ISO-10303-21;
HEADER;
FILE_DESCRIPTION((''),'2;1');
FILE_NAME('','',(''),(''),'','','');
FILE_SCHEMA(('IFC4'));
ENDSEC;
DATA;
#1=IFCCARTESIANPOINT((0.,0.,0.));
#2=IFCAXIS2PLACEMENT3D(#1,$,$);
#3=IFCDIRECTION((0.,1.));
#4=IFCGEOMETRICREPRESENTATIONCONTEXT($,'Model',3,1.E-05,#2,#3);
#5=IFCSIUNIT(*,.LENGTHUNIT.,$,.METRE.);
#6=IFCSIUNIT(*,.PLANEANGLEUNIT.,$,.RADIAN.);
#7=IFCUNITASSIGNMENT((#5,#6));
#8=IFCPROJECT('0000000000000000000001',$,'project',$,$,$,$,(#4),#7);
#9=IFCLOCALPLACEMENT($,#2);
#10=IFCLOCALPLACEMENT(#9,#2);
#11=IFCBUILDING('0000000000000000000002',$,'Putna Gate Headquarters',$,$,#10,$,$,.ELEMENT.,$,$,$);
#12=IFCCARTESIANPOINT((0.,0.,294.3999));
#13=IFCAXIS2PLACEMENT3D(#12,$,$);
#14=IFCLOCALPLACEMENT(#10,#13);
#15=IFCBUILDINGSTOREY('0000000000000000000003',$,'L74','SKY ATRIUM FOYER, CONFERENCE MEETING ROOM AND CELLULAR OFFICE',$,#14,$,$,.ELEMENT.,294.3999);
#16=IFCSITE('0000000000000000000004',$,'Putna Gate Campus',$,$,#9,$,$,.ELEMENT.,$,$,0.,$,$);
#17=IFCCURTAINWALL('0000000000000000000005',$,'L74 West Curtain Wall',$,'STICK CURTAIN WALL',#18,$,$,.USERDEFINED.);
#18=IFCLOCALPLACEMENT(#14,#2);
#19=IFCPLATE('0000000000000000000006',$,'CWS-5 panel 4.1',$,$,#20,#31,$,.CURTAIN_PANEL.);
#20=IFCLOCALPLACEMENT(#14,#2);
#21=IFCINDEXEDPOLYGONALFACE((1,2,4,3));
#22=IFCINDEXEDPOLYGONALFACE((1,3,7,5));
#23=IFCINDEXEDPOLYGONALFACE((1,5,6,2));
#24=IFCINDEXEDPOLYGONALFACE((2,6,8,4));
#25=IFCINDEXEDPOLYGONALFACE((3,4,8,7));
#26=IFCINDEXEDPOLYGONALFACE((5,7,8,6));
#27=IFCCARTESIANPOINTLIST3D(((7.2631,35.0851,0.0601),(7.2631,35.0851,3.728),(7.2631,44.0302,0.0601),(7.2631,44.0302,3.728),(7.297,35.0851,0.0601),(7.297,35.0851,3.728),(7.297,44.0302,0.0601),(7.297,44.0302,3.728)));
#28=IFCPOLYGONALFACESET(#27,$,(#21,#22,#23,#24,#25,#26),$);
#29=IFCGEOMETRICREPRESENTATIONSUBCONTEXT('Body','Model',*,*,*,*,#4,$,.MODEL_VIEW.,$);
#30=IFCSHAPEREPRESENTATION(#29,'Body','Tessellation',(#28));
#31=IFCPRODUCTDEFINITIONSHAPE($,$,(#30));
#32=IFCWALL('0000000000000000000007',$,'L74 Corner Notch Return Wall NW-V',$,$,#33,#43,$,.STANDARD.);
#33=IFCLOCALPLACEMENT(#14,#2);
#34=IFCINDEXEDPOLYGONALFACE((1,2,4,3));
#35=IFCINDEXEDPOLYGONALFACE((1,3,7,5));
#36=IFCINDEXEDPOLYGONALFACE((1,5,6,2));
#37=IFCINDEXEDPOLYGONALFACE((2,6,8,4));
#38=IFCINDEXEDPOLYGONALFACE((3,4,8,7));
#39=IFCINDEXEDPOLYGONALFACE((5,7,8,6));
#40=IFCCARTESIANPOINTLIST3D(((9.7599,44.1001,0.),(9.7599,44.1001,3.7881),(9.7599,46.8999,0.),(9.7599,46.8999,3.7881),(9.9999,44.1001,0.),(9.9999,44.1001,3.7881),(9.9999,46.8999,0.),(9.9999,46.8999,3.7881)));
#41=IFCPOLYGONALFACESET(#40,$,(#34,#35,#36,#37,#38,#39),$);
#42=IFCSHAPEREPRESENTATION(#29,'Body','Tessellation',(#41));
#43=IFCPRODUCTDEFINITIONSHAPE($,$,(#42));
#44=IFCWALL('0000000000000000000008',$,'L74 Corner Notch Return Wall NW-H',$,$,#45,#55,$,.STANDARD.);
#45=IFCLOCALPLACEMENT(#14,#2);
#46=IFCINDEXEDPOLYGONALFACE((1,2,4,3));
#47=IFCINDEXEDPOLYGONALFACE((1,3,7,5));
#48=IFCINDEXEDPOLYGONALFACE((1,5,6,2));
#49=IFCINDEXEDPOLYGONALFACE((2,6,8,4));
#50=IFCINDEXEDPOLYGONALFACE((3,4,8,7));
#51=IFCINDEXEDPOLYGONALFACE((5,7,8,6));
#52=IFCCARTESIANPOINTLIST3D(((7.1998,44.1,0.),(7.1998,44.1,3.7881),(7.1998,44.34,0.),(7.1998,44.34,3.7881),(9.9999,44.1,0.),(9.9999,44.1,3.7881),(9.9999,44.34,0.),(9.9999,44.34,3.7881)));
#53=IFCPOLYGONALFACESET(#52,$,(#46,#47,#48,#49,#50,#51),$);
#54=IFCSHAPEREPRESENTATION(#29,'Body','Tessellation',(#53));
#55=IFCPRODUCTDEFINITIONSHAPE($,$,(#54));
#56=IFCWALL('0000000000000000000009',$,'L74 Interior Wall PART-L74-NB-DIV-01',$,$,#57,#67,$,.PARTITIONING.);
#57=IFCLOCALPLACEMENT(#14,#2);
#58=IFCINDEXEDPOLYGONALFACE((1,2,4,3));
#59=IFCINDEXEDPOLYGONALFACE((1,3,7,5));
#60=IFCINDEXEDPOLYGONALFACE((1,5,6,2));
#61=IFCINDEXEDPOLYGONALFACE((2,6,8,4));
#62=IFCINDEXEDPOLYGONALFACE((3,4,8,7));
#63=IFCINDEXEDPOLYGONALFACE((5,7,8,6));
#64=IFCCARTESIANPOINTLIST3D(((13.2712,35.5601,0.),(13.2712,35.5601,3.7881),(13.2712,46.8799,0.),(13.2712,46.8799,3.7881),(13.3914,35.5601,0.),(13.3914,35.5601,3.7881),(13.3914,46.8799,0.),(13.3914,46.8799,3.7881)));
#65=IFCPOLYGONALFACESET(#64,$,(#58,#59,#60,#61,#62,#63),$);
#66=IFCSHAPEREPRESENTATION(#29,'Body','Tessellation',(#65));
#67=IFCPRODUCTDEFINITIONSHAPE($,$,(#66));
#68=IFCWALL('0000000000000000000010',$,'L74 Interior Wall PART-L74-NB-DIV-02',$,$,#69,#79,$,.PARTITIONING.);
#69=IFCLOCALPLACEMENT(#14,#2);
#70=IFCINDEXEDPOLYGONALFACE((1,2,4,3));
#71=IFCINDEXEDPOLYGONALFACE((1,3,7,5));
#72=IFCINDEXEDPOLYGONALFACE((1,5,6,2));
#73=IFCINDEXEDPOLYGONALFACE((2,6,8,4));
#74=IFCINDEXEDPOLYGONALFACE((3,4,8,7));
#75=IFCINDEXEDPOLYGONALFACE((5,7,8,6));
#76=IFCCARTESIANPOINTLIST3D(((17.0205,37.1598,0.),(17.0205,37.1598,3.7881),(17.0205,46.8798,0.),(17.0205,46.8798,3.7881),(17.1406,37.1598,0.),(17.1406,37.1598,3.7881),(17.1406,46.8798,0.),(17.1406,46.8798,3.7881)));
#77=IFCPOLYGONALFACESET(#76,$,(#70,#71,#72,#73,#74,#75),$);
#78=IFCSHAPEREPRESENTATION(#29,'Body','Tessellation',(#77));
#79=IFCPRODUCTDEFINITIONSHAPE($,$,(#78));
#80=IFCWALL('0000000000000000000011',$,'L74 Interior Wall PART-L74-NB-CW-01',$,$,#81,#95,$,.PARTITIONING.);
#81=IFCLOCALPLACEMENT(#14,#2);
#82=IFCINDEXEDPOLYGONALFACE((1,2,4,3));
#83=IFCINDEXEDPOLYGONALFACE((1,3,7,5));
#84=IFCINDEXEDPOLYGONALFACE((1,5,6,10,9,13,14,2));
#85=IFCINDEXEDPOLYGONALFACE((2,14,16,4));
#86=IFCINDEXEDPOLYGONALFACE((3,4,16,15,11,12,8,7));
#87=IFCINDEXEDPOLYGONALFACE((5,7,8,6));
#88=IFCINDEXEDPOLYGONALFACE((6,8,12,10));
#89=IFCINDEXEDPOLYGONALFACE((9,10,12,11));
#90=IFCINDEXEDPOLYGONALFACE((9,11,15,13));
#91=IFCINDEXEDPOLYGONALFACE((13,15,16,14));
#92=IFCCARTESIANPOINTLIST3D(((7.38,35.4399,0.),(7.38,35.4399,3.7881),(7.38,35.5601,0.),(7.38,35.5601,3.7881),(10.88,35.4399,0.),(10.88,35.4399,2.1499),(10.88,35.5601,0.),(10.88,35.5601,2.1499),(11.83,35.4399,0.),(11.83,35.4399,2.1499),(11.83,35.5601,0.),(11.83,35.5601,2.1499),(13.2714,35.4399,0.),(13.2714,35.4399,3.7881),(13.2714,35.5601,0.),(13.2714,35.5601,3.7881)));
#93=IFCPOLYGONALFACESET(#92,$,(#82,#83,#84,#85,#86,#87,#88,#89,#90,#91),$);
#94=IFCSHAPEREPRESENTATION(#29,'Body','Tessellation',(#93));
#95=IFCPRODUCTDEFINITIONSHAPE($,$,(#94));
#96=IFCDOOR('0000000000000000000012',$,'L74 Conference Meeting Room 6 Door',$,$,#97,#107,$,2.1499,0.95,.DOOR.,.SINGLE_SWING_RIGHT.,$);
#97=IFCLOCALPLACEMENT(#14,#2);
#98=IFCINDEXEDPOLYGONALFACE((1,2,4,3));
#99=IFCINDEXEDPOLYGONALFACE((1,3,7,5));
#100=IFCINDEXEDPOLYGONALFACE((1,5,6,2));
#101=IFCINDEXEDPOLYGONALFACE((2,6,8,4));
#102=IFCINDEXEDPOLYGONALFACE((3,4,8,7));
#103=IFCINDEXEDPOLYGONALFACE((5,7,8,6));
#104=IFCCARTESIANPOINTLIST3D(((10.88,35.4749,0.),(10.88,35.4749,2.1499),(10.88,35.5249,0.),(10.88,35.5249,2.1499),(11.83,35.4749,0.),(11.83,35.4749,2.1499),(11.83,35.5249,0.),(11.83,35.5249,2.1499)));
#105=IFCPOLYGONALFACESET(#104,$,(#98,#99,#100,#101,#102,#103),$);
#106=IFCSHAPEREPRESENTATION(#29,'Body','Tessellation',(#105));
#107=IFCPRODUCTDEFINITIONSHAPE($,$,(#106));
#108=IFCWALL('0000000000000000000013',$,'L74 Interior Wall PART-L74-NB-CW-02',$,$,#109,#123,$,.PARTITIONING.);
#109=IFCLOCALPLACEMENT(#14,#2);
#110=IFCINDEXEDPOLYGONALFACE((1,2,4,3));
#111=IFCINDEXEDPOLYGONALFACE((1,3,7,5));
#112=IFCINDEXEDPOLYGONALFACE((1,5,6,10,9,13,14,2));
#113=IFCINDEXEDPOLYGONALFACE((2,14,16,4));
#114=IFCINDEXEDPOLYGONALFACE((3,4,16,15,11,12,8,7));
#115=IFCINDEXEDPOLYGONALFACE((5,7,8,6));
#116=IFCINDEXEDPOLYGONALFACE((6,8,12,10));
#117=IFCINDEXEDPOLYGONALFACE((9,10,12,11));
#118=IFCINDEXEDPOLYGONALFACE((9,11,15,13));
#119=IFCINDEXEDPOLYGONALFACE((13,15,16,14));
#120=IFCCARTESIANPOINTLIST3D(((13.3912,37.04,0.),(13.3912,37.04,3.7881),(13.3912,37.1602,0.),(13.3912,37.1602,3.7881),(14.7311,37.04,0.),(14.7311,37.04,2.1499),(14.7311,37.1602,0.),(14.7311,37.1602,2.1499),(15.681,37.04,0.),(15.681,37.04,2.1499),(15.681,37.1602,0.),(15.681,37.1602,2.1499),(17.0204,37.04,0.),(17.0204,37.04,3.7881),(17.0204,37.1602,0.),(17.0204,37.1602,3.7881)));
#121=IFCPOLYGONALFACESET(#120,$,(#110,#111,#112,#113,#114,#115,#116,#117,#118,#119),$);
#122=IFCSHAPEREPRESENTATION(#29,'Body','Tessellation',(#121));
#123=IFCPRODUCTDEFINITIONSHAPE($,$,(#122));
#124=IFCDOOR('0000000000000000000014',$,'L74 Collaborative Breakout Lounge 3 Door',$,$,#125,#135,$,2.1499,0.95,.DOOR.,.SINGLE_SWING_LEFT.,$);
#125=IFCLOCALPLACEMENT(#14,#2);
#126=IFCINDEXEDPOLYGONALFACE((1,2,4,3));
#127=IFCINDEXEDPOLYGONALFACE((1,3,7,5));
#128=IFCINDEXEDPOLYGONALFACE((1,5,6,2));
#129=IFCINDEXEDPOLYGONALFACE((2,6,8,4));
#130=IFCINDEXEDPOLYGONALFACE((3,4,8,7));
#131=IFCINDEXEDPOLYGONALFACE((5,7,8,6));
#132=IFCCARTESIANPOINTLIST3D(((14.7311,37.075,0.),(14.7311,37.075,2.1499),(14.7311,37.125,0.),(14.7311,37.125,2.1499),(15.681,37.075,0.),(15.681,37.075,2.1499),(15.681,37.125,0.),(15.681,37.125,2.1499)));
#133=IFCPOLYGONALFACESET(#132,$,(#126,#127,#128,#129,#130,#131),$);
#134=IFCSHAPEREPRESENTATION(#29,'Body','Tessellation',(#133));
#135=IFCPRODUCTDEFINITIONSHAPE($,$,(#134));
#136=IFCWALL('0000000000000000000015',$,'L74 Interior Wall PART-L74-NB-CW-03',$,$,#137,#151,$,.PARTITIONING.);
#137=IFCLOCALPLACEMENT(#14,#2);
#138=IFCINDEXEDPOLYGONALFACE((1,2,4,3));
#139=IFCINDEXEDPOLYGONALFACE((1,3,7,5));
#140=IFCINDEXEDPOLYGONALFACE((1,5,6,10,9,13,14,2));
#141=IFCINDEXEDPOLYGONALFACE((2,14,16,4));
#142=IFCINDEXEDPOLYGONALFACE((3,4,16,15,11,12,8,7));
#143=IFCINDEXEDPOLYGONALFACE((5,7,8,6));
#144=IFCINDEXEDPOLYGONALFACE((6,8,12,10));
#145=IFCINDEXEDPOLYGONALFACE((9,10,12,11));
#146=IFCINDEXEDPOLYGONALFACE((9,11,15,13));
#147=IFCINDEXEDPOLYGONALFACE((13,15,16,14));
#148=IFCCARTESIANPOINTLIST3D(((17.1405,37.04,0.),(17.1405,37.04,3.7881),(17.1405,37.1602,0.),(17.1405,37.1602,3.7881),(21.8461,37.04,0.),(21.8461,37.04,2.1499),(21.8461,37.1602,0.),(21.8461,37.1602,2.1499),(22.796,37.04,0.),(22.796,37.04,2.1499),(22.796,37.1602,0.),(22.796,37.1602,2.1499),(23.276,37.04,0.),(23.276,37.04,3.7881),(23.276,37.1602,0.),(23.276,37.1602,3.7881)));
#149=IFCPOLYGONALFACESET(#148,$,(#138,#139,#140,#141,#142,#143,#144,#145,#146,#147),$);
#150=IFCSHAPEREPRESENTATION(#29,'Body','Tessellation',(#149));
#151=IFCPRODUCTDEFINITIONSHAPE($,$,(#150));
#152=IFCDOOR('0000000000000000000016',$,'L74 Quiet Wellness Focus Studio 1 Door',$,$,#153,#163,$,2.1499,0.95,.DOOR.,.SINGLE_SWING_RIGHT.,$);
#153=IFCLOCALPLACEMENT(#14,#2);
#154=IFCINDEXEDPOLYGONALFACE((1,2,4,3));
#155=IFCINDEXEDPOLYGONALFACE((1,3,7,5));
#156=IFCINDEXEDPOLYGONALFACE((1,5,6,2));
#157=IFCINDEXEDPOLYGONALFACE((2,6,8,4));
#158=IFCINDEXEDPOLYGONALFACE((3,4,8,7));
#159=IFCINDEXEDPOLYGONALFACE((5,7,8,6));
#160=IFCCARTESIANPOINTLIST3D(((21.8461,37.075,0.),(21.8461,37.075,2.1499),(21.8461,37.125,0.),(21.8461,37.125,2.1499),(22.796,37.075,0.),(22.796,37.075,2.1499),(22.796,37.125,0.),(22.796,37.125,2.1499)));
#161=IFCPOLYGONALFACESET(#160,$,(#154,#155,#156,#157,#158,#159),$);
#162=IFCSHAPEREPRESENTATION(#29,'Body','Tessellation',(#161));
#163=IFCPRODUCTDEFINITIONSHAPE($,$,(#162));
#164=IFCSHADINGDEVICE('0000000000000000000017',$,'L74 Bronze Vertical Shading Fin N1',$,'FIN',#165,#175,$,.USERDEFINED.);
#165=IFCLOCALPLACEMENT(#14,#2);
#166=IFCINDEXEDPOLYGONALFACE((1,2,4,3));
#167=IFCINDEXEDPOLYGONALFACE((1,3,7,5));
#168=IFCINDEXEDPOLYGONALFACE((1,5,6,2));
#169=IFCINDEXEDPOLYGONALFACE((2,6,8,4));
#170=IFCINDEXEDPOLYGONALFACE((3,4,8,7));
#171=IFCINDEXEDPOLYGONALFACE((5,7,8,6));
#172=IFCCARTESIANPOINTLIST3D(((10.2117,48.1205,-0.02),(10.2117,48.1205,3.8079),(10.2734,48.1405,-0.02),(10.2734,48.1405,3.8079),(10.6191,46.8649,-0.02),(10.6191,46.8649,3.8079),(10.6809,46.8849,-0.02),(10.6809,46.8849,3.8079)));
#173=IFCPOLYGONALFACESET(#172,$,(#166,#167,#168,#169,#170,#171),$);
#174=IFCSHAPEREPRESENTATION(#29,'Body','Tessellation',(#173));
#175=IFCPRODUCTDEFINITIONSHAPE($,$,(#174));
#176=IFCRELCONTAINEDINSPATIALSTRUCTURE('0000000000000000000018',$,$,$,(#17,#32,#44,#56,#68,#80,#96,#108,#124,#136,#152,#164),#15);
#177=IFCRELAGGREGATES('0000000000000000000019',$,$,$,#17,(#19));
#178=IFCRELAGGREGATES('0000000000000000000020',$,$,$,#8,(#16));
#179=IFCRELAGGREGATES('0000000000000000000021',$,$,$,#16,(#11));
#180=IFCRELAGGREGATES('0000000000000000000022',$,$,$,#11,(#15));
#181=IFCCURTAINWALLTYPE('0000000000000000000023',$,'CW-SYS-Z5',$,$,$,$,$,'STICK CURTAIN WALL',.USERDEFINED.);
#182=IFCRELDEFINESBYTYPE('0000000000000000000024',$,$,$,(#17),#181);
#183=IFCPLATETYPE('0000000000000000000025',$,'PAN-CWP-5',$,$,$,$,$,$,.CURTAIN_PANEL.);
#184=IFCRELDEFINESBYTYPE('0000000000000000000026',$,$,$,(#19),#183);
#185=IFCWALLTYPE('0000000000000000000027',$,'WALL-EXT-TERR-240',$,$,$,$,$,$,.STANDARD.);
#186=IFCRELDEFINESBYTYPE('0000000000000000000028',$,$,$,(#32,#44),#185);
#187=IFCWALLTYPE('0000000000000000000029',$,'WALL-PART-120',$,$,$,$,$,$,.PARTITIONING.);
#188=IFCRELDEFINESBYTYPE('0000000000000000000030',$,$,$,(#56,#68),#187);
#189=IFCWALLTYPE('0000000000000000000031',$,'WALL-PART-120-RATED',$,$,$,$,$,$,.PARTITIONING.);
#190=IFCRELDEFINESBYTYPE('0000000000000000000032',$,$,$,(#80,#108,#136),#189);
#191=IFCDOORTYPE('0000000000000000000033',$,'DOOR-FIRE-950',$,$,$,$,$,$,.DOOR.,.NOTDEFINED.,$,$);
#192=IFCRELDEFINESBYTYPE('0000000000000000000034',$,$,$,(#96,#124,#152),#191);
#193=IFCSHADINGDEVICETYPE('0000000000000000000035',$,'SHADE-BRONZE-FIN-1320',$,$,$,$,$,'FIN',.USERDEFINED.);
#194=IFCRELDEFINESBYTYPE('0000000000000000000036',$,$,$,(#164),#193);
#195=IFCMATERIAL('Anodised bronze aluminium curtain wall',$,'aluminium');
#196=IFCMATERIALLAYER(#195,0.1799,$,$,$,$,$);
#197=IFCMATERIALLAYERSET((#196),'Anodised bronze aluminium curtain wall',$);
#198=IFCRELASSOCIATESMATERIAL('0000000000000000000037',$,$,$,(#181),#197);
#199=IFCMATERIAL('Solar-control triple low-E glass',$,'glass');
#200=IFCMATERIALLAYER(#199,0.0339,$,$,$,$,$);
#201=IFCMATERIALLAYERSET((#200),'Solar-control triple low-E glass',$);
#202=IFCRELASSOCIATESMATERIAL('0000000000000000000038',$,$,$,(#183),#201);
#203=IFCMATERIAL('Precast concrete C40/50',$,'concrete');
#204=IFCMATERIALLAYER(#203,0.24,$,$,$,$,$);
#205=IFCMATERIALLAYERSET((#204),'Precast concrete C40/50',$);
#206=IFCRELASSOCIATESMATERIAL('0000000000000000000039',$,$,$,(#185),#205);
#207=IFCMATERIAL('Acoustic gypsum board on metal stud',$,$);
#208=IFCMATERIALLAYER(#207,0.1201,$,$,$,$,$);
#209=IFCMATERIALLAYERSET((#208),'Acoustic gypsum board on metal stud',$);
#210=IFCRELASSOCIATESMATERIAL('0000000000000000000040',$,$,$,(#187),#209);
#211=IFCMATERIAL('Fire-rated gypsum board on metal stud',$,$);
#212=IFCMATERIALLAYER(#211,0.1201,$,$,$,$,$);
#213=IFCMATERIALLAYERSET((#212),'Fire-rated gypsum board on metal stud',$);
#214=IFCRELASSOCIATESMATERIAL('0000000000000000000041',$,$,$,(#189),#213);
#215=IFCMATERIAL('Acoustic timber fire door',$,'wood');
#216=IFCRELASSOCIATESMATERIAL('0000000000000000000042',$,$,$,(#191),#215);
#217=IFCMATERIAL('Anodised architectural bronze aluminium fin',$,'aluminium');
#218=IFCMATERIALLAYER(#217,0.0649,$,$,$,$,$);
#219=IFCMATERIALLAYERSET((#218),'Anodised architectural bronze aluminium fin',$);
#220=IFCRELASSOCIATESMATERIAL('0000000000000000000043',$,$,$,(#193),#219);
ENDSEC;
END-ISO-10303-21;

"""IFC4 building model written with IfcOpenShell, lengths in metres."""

from ifc_helpers import new_model, si_unit, direction, frame, frame_2d, origin, origin_2d, place, context, subcontext, project, spatial, rectangle, extrude, material, layer, layer_set, type_object, element, fill, aggregate, save


model = new_model("IFC4")

# Units and contexts
model_context = context("Model", 3, precision=1e-05, world=origin(), true_north=direction((0.0, 1.0)))
body_context = subcontext(model_context, "Body", "Model", "MODEL_VIEW")
ifc_project = project(units=[si_unit("LENGTHUNIT", "METRE"), si_unit("PLANEANGLEUNIT", "RADIAN")], contexts=[model_context])

# Site, building, storey
site_placement = place(None, origin())
site = spatial("IfcSite", under=ifc_project, at=site_placement, Name="Putna Gate Campus", CompositionType="ELEMENT", RefElevation=0.0)
building_placement = place(site_placement, origin())
building = spatial("IfcBuilding", under=site, at=building_placement, Name="Putna Gate Headquarters", CompositionType="ELEMENT")
storey_placement = place(building_placement, frame((0.0, 0.0, 294.3999)))
storey = spatial("IfcBuildingStorey", under=building, at=storey_placement, Name="L74", Description="SKY ATRIUM FOYER, CONFERENCE MEETING ROOM AND CELLULAR OFFICE", CompositionType="ELEMENT", Elevation=294.3999)

# Shared definitions
ifc_material_1 = material(Name="Anodised bronze aluminium curtain wall", Category="aluminium")
ifc_layer_1 = layer(ifc_material_1, 0.1799)
ifc_layer_set_1 = layer_set([ifc_layer_1], Name="Anodised bronze aluminium curtain wall")
curtain_wall_type = type_object("IfcCurtainWallType", Name="CW-SYS-Z5", ElementType="STICK CURTAIN WALL", PredefinedType="USERDEFINED", material=ifc_layer_set_1)

# Curtain wall
curtain_wall_1_placement = place(storey_placement, origin())
curtain_wall_1 = element("IfcCurtainWall", 1, at=curtain_wall_1_placement, inside=storey, type_object=curtain_wall_type, Name="L74 West Curtain Wall", ObjectType="STICK CURTAIN WALL", PredefinedType="USERDEFINED")

# Plate
ifc_material_2 = material(Name="Solar-control triple low-E glass", Category="glass")
ifc_layer_2 = layer(ifc_material_2, 0.0339)
ifc_layer_set_2 = layer_set([ifc_layer_2], Name="Solar-control triple low-E glass")
plate_type = type_object("IfcPlateType", Name="PAN-CWP-5", PredefinedType="CURTAIN_PANEL", material=ifc_layer_set_2)
plate_1_placement = place(storey_placement, frame((7.28, 39.5576, 0.0601), z_axis=(0.0, 0.0, 1.0), x_axis=(0.0, 1.0, 0.0)))
plate_1 = element("IfcPlate", 2, at=plate_1_placement, type_object=plate_type, Name="CWS-5 panel 4.1", PredefinedType="CURTAIN_PANEL", context=body_context, shape_type="SweptSolid", body=[
    extrude(rectangle(XDim=8.9451, YDim=0.0339, at=origin_2d()), origin(), (0.0, 0.0, 1.0), 3.668),
])
aggregate(curtain_wall_1, [plate_1])

# Walls
ifc_material_3 = material(Name="Precast concrete C40/50", Category="concrete")
ifc_layer_3 = layer(ifc_material_3, 0.24)
ifc_layer_set_3 = layer_set([ifc_layer_3], Name="Precast concrete C40/50")
wall_type_1 = type_object("IfcWallType", Name="WALL-EXT-TERR-240", PredefinedType="STANDARD", material=ifc_layer_set_3)
wall_1_placement = place(storey_placement, frame((9.8799, 44.1001, 0.0), z_axis=(0.0, 0.0, 1.0), x_axis=(0.0, 1.0, 0.0)))
element("IfcWall", 3, at=wall_1_placement, inside=storey, type_object=wall_type_1, Name="L74 Corner Notch Return Wall NW-V", PredefinedType="STANDARD", context=body_context, shape_type="SweptSolid", body=[
    extrude(rectangle(XDim=2.7998, YDim=0.24, at=frame_2d((1.3999, 0.0))), origin(), (0.0, 0.0, 1.0), 3.7881),
])
wall_2_placement = place(storey_placement, frame((7.2, 44.22, 0.0), z_axis=(0.0, 0.0, 1.0), x_axis=(1.0, 0.0, 0.0)))
element("IfcWall", 4, at=wall_2_placement, inside=storey, type_object=wall_type_1, Name="L74 Corner Notch Return Wall NW-H", PredefinedType="STANDARD", context=body_context, shape_type="SweptSolid", body=[
    extrude(rectangle(XDim=2.8, YDim=0.24, at=frame_2d((1.3999, 0.0))), origin(), (0.0, 0.0, 1.0), 3.7881),
])
ifc_material_4 = material(Name="Acoustic gypsum board on metal stud")
ifc_layer_4 = layer(ifc_material_4, 0.1201)
ifc_layer_set_4 = layer_set([ifc_layer_4], Name="Acoustic gypsum board on metal stud")
wall_type_2 = type_object("IfcWallType", Name="WALL-PART-120", PredefinedType="PARTITIONING", material=ifc_layer_set_4)
wall_3_placement = place(storey_placement, frame((13.3313, 35.5601, 0.0), z_axis=(0.0, 0.0, 1.0), x_axis=(0.0, 1.0, 0.0)))
element("IfcWall", 5, at=wall_3_placement, inside=storey, type_object=wall_type_2, Name="L74 Interior Wall PART-L74-NB-DIV-01", PredefinedType="PARTITIONING", context=body_context, shape_type="SweptSolid", body=[
    extrude(rectangle(XDim=11.3198, YDim=0.1201, at=frame_2d((5.6599, 0.0))), origin(), (0.0, 0.0, 1.0), 3.7881),
])
wall_4_placement = place(storey_placement, frame((17.0806, 37.1599, 0.0), z_axis=(0.0, 0.0, 1.0), x_axis=(0.0, 1.0, 0.0)))
element("IfcWall", 6, at=wall_4_placement, inside=storey, type_object=wall_type_2, Name="L74 Interior Wall PART-L74-NB-DIV-02", PredefinedType="PARTITIONING", context=body_context, shape_type="SweptSolid", body=[
    extrude(rectangle(XDim=9.72, YDim=0.1201, at=frame_2d((4.8599, 0.0))), origin(), (0.0, 0.0, 1.0), 3.7881),
])

# Walls, openings, doors
ifc_material_5 = material(Name="Fire-rated gypsum board on metal stud")
ifc_layer_5 = layer(ifc_material_5, 0.1201)
ifc_layer_set_5 = layer_set([ifc_layer_5], Name="Fire-rated gypsum board on metal stud")
wall_type_3 = type_object("IfcWallType", Name="WALL-PART-120-RATED", PredefinedType="PARTITIONING", material=ifc_layer_set_5)
wall_5_placement = place(storey_placement, frame((7.3799, 35.5, 0.0), z_axis=(0.0, 0.0, 1.0), x_axis=(1.0, 0.0, 0.0)))
wall_5 = element("IfcWall", 7, at=wall_5_placement, inside=storey, type_object=wall_type_3, Name="L74 Interior Wall PART-L74-NB-CW-01", PredefinedType="PARTITIONING", context=body_context, shape_type="SweptSolid", body=[
    extrude(rectangle(XDim=5.8914, YDim=0.1201, at=frame_2d((2.9458, 0.0))), origin(), (0.0, 0.0, 1.0), 3.7881),
])
opening_1_placement = place(wall_5_placement, frame((3.5, 0.0, 0.0)))
opening_1 = element("IfcOpeningElement", 8, at=opening_1_placement, cuts=wall_5, PredefinedType="OPENING", context=body_context, shape_type="SweptSolid", body=[
    extrude(rectangle(XDim=0.95, YDim=2.1499, at=frame_2d((0.4751, 1.075))), frame((0.0, 0.0701, 0.0), z_axis=(0.0, -1.0, 0.0), x_axis=(1.0, 0.0, 0.0)), (0.0, 0.0, 1.0), 0.1401),
])
ifc_material_6 = material(Name="Acoustic timber fire door", Category="wood")
door_type = type_object("IfcDoorType", Name="DOOR-FIRE-950", OperationType="NOTDEFINED", PredefinedType="DOOR", material=ifc_material_6)
door_1_placement = place(opening_1_placement, origin())
door_1 = element("IfcDoor", 9, at=door_1_placement, inside=storey, type_object=door_type, Name="L74 Conference Meeting Room 6 Door", OperationType="SINGLE_SWING_RIGHT", OverallHeight=2.1499, OverallWidth=0.95, PredefinedType="DOOR", context=body_context, shape_type="SweptSolid", body=[
    extrude(rectangle(XDim=0.95, YDim=2.1499, at=frame_2d((0.4751, 1.075))), frame((0.0, 0.0249, 0.0), z_axis=(0.0, -1.0, 0.0), x_axis=(1.0, 0.0, 0.0)), (0.0, 0.0, 1.0), 0.05),
])
fill(opening_1, door_1)
wall_6_placement = place(storey_placement, frame((13.3914, 37.1001, 0.0), z_axis=(0.0, 0.0, 1.0), x_axis=(1.0, 0.0, 0.0)))
wall_6 = element("IfcWall", 10, at=wall_6_placement, inside=storey, type_object=wall_type_3, Name="L74 Interior Wall PART-L74-NB-CW-02", PredefinedType="PARTITIONING", context=body_context, shape_type="SweptSolid", body=[
    extrude(rectangle(XDim=3.6292, YDim=0.1201, at=frame_2d((1.8145, 0.0))), origin(), (0.0, 0.0, 1.0), 3.7881),
])
opening_2_placement = place(wall_6_placement, frame((1.3396, 0.0, 0.0)))
opening_2 = element("IfcOpeningElement", 11, at=opening_2_placement, cuts=wall_6, PredefinedType="OPENING", context=body_context, shape_type="SweptSolid", body=[
    extrude(rectangle(XDim=0.95, YDim=2.1499, at=frame_2d((0.4751, 1.075))), frame((0.0, 0.0701, 0.0), z_axis=(0.0, -1.0, 0.0), x_axis=(1.0, 0.0, 0.0)), (0.0, 0.0, 1.0), 0.1401),
])
door_2_placement = place(opening_2_placement, origin())
door_2 = element("IfcDoor", 12, at=door_2_placement, inside=storey, type_object=door_type, Name="L74 Collaborative Breakout Lounge 3 Door", OperationType="SINGLE_SWING_LEFT", OverallHeight=2.1499, OverallWidth=0.95, PredefinedType="DOOR", context=body_context, shape_type="SweptSolid", body=[
    extrude(rectangle(XDim=0.95, YDim=2.1499, at=frame_2d((0.4751, 1.075))), frame((0.0, 0.0249, 0.0), z_axis=(0.0, -1.0, 0.0), x_axis=(1.0, 0.0, 0.0)), (0.0, 0.0, 1.0), 0.05),
])
fill(opening_2, door_2)
wall_7_placement = place(storey_placement, frame((17.1404, 37.1001, 0.0), z_axis=(0.0, 0.0, 1.0), x_axis=(1.0, 0.0, 0.0)))
wall_7 = element("IfcWall", 13, at=wall_7_placement, inside=storey, type_object=wall_type_3, Name="L74 Interior Wall PART-L74-NB-CW-03", PredefinedType="PARTITIONING", context=body_context, shape_type="SweptSolid", body=[
    extrude(rectangle(XDim=6.1355, YDim=0.1201, at=frame_2d((3.0679, 0.0))), origin(), (0.0, 0.0, 1.0), 3.7881),
])
opening_3_placement = place(wall_7_placement, frame((4.7056, 0.0, 0.0)))
opening_3 = element("IfcOpeningElement", 14, at=opening_3_placement, cuts=wall_7, PredefinedType="OPENING", context=body_context, shape_type="SweptSolid", body=[
    extrude(rectangle(XDim=0.95, YDim=2.1499, at=frame_2d((0.4751, 1.075))), frame((0.0, 0.0701, 0.0), z_axis=(0.0, -1.0, 0.0), x_axis=(1.0, 0.0, 0.0)), (0.0, 0.0, 1.0), 0.1401),
])
door_3_placement = place(opening_3_placement, origin())
door_3 = element("IfcDoor", 15, at=door_3_placement, inside=storey, type_object=door_type, Name="L74 Quiet Wellness Focus Studio 1 Door", OperationType="SINGLE_SWING_RIGHT", OverallHeight=2.1499, OverallWidth=0.95, PredefinedType="DOOR", context=body_context, shape_type="SweptSolid", body=[
    extrude(rectangle(XDim=0.95, YDim=2.1499, at=frame_2d((0.4751, 1.075))), frame((0.0, 0.0249, 0.0), z_axis=(0.0, -1.0, 0.0), x_axis=(1.0, 0.0, 0.0)), (0.0, 0.0, 1.0), 0.05),
])
fill(opening_3, door_3)

# Shading device
ifc_material_7 = material(Name="Anodised architectural bronze aluminium fin", Category="aluminium")
ifc_layer_6 = layer(ifc_material_7, 0.0649)
ifc_layer_set_6 = layer_set([ifc_layer_6], Name="Anodised architectural bronze aluminium fin")
shading_device_type = type_object("IfcShadingDeviceType", Name="SHADE-BRONZE-FIN-1320", ElementType="FIN", PredefinedType="USERDEFINED", material=ifc_layer_set_6)
for number, where, z_axis, x_axis, name in (
    (16, (10.4463, 47.5027, -0.02), (0.0, 0.0, 1.0), (-0.308685, 0.951164, 0.0), "L74 Bronze Vertical Shading Fin N1"),
):
    element("IfcShadingDevice", number, at=place(storey_placement, frame(where, z_axis=z_axis, x_axis=x_axis)), inside=storey, type_object=shading_device_type, Name=name, ObjectType="FIN", PredefinedType="USERDEFINED", context=body_context, shape_type="SweptSolid", body=[
        extrude(rectangle(XDim=1.3201, YDim=0.0649, at=origin_2d()), origin(), (0.0, 0.0, 1.0), 3.8279),
    ])

save(model, "model.ifc")
